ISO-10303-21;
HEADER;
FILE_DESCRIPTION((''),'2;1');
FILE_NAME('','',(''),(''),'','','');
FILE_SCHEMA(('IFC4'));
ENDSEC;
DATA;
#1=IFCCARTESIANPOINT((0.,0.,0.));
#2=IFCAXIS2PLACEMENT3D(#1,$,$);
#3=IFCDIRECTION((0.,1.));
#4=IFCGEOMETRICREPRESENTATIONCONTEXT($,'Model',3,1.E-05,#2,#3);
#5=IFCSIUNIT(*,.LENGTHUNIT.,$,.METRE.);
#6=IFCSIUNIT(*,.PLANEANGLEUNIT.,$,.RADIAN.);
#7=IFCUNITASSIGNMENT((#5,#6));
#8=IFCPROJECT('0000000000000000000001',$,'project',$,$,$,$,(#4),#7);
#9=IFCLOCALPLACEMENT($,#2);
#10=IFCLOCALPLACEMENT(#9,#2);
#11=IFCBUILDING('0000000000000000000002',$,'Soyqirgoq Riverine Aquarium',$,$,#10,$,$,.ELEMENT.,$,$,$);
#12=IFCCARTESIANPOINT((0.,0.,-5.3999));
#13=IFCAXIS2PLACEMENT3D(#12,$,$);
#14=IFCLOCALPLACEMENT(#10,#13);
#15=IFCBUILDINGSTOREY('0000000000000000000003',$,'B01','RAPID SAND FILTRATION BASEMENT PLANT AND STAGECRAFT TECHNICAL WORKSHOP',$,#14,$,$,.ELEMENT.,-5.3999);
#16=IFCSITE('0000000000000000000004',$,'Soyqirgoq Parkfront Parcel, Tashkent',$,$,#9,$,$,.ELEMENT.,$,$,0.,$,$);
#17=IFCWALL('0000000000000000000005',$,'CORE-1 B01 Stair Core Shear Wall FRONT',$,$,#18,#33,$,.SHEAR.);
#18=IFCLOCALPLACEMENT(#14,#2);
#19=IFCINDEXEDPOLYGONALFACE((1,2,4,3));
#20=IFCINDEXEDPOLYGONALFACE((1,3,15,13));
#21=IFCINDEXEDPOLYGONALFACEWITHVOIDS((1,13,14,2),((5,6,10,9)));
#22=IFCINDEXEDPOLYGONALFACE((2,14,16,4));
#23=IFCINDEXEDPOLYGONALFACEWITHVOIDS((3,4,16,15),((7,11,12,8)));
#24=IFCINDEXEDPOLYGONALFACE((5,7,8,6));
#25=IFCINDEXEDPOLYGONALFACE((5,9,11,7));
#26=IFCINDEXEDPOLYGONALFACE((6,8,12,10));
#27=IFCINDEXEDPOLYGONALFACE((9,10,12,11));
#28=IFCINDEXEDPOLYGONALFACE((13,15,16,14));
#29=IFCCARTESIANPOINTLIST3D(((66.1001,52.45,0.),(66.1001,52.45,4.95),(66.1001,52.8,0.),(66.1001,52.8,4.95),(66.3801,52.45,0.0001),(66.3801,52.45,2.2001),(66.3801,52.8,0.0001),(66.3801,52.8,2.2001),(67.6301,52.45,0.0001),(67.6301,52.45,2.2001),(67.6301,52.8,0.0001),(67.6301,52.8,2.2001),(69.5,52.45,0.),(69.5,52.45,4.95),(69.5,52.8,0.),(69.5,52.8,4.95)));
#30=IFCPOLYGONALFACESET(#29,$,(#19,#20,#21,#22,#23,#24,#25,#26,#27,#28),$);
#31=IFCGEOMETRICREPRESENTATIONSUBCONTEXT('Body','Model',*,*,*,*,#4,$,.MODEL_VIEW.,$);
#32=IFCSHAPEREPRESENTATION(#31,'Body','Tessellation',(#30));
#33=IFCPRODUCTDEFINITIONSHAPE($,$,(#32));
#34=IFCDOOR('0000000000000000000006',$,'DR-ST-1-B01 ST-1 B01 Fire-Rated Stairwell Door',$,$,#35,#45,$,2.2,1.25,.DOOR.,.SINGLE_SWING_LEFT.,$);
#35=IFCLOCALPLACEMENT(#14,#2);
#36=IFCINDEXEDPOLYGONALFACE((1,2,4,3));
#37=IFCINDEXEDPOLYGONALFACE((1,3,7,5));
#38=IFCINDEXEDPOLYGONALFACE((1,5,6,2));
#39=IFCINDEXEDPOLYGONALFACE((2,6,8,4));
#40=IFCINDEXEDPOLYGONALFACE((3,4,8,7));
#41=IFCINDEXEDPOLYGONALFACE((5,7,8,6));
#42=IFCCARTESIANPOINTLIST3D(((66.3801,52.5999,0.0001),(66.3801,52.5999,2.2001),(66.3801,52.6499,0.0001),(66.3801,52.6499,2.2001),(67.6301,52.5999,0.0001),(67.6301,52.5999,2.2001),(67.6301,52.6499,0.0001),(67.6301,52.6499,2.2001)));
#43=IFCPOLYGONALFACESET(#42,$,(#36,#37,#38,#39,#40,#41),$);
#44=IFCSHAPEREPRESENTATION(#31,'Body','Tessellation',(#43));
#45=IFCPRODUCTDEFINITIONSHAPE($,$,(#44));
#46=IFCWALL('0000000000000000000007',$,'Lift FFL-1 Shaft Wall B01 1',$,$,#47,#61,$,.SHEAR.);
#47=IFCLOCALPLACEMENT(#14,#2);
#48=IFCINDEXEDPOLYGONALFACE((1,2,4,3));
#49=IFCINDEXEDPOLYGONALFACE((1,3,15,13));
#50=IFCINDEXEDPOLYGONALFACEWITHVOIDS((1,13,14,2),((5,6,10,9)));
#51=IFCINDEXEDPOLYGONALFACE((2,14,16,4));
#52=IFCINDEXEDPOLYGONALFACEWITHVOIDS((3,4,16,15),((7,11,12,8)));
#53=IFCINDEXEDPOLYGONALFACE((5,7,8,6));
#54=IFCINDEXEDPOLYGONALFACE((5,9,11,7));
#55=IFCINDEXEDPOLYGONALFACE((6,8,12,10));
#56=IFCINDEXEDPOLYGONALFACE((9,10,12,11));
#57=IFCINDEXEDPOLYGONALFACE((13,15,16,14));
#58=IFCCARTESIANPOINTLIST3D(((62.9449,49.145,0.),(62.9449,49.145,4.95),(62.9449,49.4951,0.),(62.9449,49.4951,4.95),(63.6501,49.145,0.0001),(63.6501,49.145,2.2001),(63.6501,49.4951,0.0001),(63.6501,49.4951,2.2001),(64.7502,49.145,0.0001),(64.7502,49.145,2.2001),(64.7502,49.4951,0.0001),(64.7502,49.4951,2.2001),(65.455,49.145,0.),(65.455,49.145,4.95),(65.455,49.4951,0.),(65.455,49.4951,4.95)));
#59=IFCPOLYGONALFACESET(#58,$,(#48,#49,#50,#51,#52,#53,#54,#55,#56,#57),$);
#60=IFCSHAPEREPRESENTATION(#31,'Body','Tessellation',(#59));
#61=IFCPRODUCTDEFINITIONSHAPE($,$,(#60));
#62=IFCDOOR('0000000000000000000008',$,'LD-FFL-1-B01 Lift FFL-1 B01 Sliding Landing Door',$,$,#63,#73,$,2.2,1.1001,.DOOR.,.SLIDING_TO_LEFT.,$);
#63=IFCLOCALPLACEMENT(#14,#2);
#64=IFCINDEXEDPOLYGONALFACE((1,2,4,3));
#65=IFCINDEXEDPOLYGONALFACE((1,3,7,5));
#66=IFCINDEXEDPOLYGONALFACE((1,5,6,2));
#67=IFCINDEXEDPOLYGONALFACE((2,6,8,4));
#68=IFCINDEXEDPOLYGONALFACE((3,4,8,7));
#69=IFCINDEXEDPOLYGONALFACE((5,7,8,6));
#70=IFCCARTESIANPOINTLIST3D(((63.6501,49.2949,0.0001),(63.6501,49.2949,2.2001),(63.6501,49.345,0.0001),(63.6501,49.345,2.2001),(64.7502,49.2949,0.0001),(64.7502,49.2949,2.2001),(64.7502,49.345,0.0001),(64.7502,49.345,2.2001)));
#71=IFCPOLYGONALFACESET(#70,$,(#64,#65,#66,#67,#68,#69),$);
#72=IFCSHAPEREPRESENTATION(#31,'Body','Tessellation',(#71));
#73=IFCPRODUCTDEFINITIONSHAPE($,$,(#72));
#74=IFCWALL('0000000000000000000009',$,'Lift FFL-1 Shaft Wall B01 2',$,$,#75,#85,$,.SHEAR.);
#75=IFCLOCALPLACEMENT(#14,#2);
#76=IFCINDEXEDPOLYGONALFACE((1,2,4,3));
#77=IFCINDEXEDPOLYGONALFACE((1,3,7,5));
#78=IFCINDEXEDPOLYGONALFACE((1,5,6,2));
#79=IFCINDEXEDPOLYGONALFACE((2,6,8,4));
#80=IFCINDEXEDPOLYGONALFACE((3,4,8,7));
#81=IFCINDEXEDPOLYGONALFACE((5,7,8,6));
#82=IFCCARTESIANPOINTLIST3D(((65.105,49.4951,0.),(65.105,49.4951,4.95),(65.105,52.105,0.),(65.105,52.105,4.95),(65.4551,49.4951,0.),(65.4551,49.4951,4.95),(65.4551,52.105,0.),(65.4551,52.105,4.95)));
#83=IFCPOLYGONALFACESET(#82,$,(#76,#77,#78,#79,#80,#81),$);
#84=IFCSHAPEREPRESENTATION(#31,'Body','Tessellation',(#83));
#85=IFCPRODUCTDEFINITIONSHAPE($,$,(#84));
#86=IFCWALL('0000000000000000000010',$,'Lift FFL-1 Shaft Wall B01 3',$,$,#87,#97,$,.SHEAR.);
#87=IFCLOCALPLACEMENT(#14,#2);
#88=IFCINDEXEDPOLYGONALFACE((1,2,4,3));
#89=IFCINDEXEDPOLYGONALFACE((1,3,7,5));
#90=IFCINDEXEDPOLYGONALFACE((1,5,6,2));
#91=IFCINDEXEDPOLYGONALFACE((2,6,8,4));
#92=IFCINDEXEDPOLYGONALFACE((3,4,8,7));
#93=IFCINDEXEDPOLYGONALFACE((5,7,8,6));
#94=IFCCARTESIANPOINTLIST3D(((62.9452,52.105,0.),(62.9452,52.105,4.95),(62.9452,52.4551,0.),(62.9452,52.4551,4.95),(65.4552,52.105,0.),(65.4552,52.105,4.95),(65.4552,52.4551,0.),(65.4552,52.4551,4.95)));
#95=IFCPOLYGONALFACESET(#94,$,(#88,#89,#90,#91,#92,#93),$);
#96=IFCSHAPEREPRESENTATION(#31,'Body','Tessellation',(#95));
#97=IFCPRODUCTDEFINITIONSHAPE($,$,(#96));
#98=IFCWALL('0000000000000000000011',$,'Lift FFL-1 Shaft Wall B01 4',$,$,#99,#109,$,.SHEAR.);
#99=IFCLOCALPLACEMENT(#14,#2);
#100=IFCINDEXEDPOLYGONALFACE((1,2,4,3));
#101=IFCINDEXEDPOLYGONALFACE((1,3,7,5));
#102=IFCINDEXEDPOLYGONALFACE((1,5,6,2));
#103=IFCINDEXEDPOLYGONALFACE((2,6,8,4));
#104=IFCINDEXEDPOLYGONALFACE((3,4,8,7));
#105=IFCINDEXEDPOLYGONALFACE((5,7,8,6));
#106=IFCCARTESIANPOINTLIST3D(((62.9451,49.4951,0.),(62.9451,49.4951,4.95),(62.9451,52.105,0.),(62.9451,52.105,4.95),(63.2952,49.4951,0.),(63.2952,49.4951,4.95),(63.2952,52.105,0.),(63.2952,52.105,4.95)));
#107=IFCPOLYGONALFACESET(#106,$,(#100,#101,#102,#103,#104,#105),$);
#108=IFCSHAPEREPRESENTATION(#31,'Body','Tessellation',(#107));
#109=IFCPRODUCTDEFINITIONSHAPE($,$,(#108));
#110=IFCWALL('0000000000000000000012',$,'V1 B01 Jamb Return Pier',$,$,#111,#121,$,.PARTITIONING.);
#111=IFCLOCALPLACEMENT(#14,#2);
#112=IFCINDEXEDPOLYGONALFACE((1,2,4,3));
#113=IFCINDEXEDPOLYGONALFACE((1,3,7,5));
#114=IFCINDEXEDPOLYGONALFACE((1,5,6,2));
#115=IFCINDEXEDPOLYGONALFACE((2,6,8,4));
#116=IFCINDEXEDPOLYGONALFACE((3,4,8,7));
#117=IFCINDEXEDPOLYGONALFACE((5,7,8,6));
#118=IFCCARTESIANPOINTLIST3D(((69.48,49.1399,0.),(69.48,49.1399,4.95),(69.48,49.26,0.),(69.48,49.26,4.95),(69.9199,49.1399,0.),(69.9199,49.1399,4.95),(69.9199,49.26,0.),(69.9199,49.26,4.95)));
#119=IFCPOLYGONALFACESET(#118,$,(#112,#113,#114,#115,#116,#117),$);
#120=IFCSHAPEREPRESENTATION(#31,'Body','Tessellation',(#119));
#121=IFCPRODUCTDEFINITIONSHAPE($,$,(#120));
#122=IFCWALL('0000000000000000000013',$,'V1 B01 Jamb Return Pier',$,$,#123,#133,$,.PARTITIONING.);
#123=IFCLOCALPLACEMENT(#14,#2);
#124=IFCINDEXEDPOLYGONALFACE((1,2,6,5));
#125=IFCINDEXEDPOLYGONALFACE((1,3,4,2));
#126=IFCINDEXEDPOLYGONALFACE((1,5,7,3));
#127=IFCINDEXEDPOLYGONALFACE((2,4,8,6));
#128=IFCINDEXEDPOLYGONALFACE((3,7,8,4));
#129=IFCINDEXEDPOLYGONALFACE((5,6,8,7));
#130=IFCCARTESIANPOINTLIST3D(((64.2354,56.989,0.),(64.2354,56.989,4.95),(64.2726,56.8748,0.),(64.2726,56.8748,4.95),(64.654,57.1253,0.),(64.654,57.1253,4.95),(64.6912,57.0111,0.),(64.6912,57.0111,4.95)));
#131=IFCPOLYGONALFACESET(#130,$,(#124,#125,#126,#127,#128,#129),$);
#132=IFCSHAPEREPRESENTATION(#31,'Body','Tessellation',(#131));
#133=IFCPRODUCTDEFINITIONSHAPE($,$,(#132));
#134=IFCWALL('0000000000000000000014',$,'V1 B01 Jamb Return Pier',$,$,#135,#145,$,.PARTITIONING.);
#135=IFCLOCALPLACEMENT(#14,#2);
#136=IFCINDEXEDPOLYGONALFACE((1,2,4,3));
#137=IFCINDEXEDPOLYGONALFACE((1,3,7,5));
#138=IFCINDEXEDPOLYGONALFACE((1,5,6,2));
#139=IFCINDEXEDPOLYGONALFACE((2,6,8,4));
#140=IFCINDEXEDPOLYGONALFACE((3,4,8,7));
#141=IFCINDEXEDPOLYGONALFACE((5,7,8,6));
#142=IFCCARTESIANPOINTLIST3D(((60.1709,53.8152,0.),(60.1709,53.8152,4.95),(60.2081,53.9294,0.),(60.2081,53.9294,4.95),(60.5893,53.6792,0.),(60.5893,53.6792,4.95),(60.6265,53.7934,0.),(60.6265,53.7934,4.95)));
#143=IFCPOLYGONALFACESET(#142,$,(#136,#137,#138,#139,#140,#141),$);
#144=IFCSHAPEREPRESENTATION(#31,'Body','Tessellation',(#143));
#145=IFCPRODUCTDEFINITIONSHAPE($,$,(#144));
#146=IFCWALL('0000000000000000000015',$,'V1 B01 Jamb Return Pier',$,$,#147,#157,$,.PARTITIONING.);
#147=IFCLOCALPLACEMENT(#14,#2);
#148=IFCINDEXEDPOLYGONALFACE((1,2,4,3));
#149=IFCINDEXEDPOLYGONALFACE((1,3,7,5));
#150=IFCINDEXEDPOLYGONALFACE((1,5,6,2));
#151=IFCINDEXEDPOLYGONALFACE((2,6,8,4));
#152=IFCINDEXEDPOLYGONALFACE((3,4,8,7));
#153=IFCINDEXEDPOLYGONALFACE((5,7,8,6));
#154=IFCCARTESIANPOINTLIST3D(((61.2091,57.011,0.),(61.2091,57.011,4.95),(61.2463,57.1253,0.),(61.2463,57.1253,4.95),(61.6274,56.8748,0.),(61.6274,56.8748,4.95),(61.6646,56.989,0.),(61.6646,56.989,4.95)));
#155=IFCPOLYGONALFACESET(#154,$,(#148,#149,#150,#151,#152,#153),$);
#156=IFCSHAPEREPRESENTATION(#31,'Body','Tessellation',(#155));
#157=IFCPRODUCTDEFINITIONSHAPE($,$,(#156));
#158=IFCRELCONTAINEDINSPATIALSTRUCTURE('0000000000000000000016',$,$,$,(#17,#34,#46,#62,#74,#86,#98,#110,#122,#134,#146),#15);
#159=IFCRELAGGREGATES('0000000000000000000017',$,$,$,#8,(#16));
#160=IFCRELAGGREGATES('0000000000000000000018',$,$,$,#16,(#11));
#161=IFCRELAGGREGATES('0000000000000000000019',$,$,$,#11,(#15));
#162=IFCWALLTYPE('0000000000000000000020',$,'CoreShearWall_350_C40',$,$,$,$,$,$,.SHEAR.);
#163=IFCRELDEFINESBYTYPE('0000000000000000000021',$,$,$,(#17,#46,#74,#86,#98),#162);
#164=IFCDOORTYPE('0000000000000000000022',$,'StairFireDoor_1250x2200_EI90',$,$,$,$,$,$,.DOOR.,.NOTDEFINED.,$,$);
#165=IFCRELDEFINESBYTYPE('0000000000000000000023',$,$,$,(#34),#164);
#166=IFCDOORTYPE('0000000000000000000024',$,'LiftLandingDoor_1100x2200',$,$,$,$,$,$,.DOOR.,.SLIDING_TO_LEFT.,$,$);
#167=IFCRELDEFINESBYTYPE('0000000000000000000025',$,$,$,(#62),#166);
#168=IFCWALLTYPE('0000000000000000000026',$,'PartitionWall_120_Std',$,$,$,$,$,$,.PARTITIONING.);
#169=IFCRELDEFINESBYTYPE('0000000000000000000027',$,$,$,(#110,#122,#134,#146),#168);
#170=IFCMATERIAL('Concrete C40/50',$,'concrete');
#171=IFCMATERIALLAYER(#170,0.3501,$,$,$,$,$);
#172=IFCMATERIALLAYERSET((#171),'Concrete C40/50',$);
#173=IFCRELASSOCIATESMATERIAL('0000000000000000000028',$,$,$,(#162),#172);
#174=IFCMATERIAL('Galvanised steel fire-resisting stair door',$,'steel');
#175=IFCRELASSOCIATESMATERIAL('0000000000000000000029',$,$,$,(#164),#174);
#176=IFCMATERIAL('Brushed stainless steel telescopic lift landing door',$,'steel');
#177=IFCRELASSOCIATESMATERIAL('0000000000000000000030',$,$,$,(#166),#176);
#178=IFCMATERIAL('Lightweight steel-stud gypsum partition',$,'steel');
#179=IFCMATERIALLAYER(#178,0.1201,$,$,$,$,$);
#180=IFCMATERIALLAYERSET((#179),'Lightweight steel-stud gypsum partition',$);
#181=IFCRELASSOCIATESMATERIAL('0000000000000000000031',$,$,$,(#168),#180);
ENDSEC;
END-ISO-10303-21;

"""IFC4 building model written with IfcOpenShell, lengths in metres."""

from ifc_helpers import new_model, si_unit, direction, frame, frame_2d, origin, place, context, subcontext, project, spatial, rectangle, extrude, material, layer, layer_set, type_object, element, fill, save


model = new_model("IFC4")

# Units and contexts
model_context = context("Model", 3, precision=1e-05, world=origin(), true_north=direction((0.0, 1.0)))
body_context = subcontext(model_context, "Body", "Model", "MODEL_VIEW")
ifc_project = project(units=[si_unit("LENGTHUNIT", "METRE"), si_unit("PLANEANGLEUNIT", "RADIAN")], contexts=[model_context])

# Site, building, storey
site_placement = place(None, origin())
site = spatial("IfcSite", under=ifc_project, at=site_placement, Name="Soyqirgoq Parkfront Parcel, Tashkent", CompositionType="ELEMENT", RefElevation=0.0)
building_placement = place(site_placement, origin())
building = spatial("IfcBuilding", under=site, at=building_placement, Name="Soyqirgoq Riverine Aquarium", CompositionType="ELEMENT")
storey_placement = place(building_placement, frame((0.0, 0.0, -5.3999)))
storey = spatial("IfcBuildingStorey", under=building, at=storey_placement, Name="B01", Description="RAPID SAND FILTRATION BASEMENT PLANT AND STAGECRAFT TECHNICAL WORKSHOP", CompositionType="ELEMENT", Elevation=-5.3999)

# Shared definitions
ifc_material_1 = material(Name="Concrete C40/50", Category="concrete")
ifc_layer_1 = layer(ifc_material_1, 0.3501)
ifc_layer_set_1 = layer_set([ifc_layer_1], Name="Concrete C40/50")
wall_type_1 = type_object("IfcWallType", Name="CoreShearWall_350_C40", PredefinedType="SHEAR", material=ifc_layer_set_1)

# Walls, openings, doors
wall_1_placement = place(storey_placement, frame((66.1001, 52.625, 0.0), z_axis=(0.0, 0.0, 1.0), x_axis=(1.0, 0.0, 0.0)))
wall_1 = element("IfcWall", 1, at=wall_1_placement, inside=storey, type_object=wall_type_1, Name="CORE-1 B01 Stair Core Shear Wall FRONT", PredefinedType="SHEAR", context=body_context, shape_type="SweptSolid", body=[
    extrude(rectangle(XDim=3.3999, YDim=0.3501, at=frame_2d((1.7, 0.0))), origin(), (0.0, 0.0, 1.0), 4.95),
])
opening_1_placement = place(wall_1_placement, frame((0.28, 0.0, 0.0)))
opening_1 = element("IfcOpeningElement", 2, at=opening_1_placement, cuts=wall_1, PredefinedType="OPENING", context=body_context, shape_type="SweptSolid", body=[
    extrude(rectangle(XDim=1.25, YDim=2.2, at=frame_2d((0.625, 1.1001))), frame((0.0, 0.1851, 0.0), z_axis=(0.0, -1.0, 0.0), x_axis=(1.0, 0.0, 0.0)), (0.0, 0.0, 1.0), 0.3701),
])
ifc_material_2 = material(Name="Galvanised steel fire-resisting stair door", Category="steel")
door_type_1 = type_object("IfcDoorType", Name="StairFireDoor_1250x2200_EI90", OperationType="NOTDEFINED", PredefinedType="DOOR", material=ifc_material_2)
door_1_placement = place(opening_1_placement, origin())
door_1 = element("IfcDoor", 3, at=door_1_placement, inside=storey, type_object=door_type_1, Name="DR-ST-1-B01 ST-1 B01 Fire-Rated Stairwell Door", OperationType="SINGLE_SWING_LEFT", OverallHeight=2.2, OverallWidth=1.25, PredefinedType="DOOR", context=body_context, shape_type="SweptSolid", body=[
    extrude(rectangle(XDim=1.25, YDim=2.2, at=frame_2d((0.625, 1.1001))), frame((0.0, 0.0249, 0.0), z_axis=(0.0, -1.0, 0.0), x_axis=(1.0, 0.0, 0.0)), (0.0, 0.0, 1.0), 0.05),
])
fill(opening_1, door_1)
wall_2_placement = place(storey_placement, frame((62.9451, 49.3201, 0.0), z_axis=(0.0, 0.0, 1.0), x_axis=(1.0, 0.0, 0.0)))
wall_2 = element("IfcWall", 4, at=wall_2_placement, inside=storey, type_object=wall_type_1, Name="Lift FFL-1 Shaft Wall B01 1", PredefinedType="SHEAR", context=body_context, shape_type="SweptSolid", body=[
    extrude(rectangle(XDim=2.51, YDim=0.3501, at=frame_2d((1.2549, 0.0))), origin(), (0.0, 0.0, 1.0), 4.95),
])
opening_2_placement = place(wall_2_placement, frame((0.7051, 0.0, 0.0)))
opening_2 = element("IfcOpeningElement", 5, at=opening_2_placement, cuts=wall_2, PredefinedType="OPENING", context=body_context, shape_type="SweptSolid", body=[
    extrude(rectangle(XDim=1.1001, YDim=2.2, at=frame_2d((0.55, 1.1001))), frame((0.0, 0.1851, 0.0), z_axis=(0.0, -1.0, 0.0), x_axis=(1.0, 0.0, 0.0)), (0.0, 0.0, 1.0), 0.3701),
])
ifc_material_3 = material(Name="Brushed stainless steel telescopic lift landing door", Category="steel")
door_type_2 = type_object("IfcDoorType", Name="LiftLandingDoor_1100x2200", OperationType="SLIDING_TO_LEFT", PredefinedType="DOOR", material=ifc_material_3)
door_2_placement = place(opening_2_placement, origin())
door_2 = element("IfcDoor", 6, at=door_2_placement, inside=storey, type_object=door_type_2, Name="LD-FFL-1-B01 Lift FFL-1 B01 Sliding Landing Door", OperationType="SLIDING_TO_LEFT", OverallHeight=2.2, OverallWidth=1.1001, PredefinedType="DOOR", context=body_context, shape_type="SweptSolid", body=[
    extrude(rectangle(XDim=1.1001, YDim=2.2, at=frame_2d((0.55, 1.1001))), frame((0.0, 0.0249, 0.0), z_axis=(0.0, -1.0, 0.0), x_axis=(1.0, 0.0, 0.0)), (0.0, 0.0, 1.0), 0.05),
])
fill(opening_2, door_2)

# Walls
wall_3_placement = place(storey_placement, frame((65.28, 49.4951, 0.0), z_axis=(0.0, 0.0, 1.0), x_axis=(0.0, 1.0, 0.0)))
element("IfcWall", 7, at=wall_3_placement, inside=storey, type_object=wall_type_1, Name="Lift FFL-1 Shaft Wall B01 2", PredefinedType="SHEAR", context=body_context, shape_type="SweptSolid", body=[
    extrude(rectangle(XDim=2.6099, YDim=0.3501, at=frame_2d((1.3049, 0.0))), origin(), (0.0, 0.0, 1.0), 4.95),
])
wall_4_placement = place(storey_placement, frame((65.4551, 52.28, 0.0), z_axis=(0.0, 0.0, 1.0), x_axis=(-1.0, 0.0, 0.0)))
element("IfcWall", 8, at=wall_4_placement, inside=storey, type_object=wall_type_1, Name="Lift FFL-1 Shaft Wall B01 3", PredefinedType="SHEAR", context=body_context, shape_type="SweptSolid", body=[
    extrude(rectangle(XDim=2.51, YDim=0.3501, at=frame_2d((1.2549, 0.0))), origin(), (0.0, 0.0, 1.0), 4.95),
])
wall_5_placement = place(storey_placement, frame((63.1201, 52.105, 0.0), z_axis=(0.0, 0.0, 1.0), x_axis=(0.0, -1.0, 0.0)))
element("IfcWall", 9, at=wall_5_placement, inside=storey, type_object=wall_type_1, Name="Lift FFL-1 Shaft Wall B01 4", PredefinedType="SHEAR", context=body_context, shape_type="SweptSolid", body=[
    extrude(rectangle(XDim=2.6099, YDim=0.3501, at=frame_2d((1.3049, 0.0))), origin(), (0.0, 0.0, 1.0), 4.95),
])
ifc_material_4 = material(Name="Lightweight steel-stud gypsum partition", Category="steel")
ifc_layer_2 = layer(ifc_material_4, 0.1201)
ifc_layer_set_2 = layer_set([ifc_layer_2], Name="Lightweight steel-stud gypsum partition")
wall_type_2 = type_object("IfcWallType", Name="PartitionWall_120_Std", PredefinedType="PARTITIONING", material=ifc_layer_set_2)
wall_6_placement = place(storey_placement, frame((69.9199, 49.2, 0.0), z_axis=(0.0, 0.0, 1.0), x_axis=(-1.0, 0.0, 0.0)))
element("IfcWall", 10, at=wall_6_placement, inside=storey, type_object=wall_type_2, Name="V1 B01 Jamb Return Pier", PredefinedType="PARTITIONING", context=body_context, shape_type="SweptSolid", body=[
    extrude(rectangle(XDim=0.4399, YDim=0.1201, at=frame_2d((0.22, 0.0))), origin(), (0.0, 0.0, 1.0), 4.95),
])
wall_7_placement = place(storey_placement, frame((64.2539, 56.9319, 0.0), z_axis=(0.0, 0.0, 1.0), x_axis=(0.950879, 0.309563, 0.0)))
element("IfcWall", 11, at=wall_7_placement, inside=storey, type_object=wall_type_2, Name="V1 B01 Jamb Return Pier", PredefinedType="PARTITIONING", context=body_context, shape_type="SweptSolid", body=[
    extrude(rectangle(XDim=0.4402, YDim=0.1201, at=frame_2d((0.2202, 0.0))), origin(), (0.0, 0.0, 1.0), 4.95),
])
for number, where, z_axis, x_axis, name in (
    (12, (60.6079, 53.7363, 0.0), (0.0, 0.0, 1.0), (-0.951042, 0.309061, 0.0), "V1 B01 Jamb Return Pier"),
    (13, (61.646, 56.9319, 0.0), (0.0, 0.0, 1.0), (-0.950826, 0.309726, 0.0), "V1 B01 Jamb Return Pier"),
):
    element("IfcWall", number, at=place(storey_placement, frame(where, z_axis=z_axis, x_axis=x_axis)), inside=storey, type_object=wall_type_2, Name=name, PredefinedType="PARTITIONING", context=body_context, shape_type="SweptSolid", body=[
        extrude(rectangle(XDim=0.4399, YDim=0.1201, at=frame_2d((0.22, 0.0))), origin(), (0.0, 0.0, 1.0), 4.95),
    ])

save(model, "model.ifc")
